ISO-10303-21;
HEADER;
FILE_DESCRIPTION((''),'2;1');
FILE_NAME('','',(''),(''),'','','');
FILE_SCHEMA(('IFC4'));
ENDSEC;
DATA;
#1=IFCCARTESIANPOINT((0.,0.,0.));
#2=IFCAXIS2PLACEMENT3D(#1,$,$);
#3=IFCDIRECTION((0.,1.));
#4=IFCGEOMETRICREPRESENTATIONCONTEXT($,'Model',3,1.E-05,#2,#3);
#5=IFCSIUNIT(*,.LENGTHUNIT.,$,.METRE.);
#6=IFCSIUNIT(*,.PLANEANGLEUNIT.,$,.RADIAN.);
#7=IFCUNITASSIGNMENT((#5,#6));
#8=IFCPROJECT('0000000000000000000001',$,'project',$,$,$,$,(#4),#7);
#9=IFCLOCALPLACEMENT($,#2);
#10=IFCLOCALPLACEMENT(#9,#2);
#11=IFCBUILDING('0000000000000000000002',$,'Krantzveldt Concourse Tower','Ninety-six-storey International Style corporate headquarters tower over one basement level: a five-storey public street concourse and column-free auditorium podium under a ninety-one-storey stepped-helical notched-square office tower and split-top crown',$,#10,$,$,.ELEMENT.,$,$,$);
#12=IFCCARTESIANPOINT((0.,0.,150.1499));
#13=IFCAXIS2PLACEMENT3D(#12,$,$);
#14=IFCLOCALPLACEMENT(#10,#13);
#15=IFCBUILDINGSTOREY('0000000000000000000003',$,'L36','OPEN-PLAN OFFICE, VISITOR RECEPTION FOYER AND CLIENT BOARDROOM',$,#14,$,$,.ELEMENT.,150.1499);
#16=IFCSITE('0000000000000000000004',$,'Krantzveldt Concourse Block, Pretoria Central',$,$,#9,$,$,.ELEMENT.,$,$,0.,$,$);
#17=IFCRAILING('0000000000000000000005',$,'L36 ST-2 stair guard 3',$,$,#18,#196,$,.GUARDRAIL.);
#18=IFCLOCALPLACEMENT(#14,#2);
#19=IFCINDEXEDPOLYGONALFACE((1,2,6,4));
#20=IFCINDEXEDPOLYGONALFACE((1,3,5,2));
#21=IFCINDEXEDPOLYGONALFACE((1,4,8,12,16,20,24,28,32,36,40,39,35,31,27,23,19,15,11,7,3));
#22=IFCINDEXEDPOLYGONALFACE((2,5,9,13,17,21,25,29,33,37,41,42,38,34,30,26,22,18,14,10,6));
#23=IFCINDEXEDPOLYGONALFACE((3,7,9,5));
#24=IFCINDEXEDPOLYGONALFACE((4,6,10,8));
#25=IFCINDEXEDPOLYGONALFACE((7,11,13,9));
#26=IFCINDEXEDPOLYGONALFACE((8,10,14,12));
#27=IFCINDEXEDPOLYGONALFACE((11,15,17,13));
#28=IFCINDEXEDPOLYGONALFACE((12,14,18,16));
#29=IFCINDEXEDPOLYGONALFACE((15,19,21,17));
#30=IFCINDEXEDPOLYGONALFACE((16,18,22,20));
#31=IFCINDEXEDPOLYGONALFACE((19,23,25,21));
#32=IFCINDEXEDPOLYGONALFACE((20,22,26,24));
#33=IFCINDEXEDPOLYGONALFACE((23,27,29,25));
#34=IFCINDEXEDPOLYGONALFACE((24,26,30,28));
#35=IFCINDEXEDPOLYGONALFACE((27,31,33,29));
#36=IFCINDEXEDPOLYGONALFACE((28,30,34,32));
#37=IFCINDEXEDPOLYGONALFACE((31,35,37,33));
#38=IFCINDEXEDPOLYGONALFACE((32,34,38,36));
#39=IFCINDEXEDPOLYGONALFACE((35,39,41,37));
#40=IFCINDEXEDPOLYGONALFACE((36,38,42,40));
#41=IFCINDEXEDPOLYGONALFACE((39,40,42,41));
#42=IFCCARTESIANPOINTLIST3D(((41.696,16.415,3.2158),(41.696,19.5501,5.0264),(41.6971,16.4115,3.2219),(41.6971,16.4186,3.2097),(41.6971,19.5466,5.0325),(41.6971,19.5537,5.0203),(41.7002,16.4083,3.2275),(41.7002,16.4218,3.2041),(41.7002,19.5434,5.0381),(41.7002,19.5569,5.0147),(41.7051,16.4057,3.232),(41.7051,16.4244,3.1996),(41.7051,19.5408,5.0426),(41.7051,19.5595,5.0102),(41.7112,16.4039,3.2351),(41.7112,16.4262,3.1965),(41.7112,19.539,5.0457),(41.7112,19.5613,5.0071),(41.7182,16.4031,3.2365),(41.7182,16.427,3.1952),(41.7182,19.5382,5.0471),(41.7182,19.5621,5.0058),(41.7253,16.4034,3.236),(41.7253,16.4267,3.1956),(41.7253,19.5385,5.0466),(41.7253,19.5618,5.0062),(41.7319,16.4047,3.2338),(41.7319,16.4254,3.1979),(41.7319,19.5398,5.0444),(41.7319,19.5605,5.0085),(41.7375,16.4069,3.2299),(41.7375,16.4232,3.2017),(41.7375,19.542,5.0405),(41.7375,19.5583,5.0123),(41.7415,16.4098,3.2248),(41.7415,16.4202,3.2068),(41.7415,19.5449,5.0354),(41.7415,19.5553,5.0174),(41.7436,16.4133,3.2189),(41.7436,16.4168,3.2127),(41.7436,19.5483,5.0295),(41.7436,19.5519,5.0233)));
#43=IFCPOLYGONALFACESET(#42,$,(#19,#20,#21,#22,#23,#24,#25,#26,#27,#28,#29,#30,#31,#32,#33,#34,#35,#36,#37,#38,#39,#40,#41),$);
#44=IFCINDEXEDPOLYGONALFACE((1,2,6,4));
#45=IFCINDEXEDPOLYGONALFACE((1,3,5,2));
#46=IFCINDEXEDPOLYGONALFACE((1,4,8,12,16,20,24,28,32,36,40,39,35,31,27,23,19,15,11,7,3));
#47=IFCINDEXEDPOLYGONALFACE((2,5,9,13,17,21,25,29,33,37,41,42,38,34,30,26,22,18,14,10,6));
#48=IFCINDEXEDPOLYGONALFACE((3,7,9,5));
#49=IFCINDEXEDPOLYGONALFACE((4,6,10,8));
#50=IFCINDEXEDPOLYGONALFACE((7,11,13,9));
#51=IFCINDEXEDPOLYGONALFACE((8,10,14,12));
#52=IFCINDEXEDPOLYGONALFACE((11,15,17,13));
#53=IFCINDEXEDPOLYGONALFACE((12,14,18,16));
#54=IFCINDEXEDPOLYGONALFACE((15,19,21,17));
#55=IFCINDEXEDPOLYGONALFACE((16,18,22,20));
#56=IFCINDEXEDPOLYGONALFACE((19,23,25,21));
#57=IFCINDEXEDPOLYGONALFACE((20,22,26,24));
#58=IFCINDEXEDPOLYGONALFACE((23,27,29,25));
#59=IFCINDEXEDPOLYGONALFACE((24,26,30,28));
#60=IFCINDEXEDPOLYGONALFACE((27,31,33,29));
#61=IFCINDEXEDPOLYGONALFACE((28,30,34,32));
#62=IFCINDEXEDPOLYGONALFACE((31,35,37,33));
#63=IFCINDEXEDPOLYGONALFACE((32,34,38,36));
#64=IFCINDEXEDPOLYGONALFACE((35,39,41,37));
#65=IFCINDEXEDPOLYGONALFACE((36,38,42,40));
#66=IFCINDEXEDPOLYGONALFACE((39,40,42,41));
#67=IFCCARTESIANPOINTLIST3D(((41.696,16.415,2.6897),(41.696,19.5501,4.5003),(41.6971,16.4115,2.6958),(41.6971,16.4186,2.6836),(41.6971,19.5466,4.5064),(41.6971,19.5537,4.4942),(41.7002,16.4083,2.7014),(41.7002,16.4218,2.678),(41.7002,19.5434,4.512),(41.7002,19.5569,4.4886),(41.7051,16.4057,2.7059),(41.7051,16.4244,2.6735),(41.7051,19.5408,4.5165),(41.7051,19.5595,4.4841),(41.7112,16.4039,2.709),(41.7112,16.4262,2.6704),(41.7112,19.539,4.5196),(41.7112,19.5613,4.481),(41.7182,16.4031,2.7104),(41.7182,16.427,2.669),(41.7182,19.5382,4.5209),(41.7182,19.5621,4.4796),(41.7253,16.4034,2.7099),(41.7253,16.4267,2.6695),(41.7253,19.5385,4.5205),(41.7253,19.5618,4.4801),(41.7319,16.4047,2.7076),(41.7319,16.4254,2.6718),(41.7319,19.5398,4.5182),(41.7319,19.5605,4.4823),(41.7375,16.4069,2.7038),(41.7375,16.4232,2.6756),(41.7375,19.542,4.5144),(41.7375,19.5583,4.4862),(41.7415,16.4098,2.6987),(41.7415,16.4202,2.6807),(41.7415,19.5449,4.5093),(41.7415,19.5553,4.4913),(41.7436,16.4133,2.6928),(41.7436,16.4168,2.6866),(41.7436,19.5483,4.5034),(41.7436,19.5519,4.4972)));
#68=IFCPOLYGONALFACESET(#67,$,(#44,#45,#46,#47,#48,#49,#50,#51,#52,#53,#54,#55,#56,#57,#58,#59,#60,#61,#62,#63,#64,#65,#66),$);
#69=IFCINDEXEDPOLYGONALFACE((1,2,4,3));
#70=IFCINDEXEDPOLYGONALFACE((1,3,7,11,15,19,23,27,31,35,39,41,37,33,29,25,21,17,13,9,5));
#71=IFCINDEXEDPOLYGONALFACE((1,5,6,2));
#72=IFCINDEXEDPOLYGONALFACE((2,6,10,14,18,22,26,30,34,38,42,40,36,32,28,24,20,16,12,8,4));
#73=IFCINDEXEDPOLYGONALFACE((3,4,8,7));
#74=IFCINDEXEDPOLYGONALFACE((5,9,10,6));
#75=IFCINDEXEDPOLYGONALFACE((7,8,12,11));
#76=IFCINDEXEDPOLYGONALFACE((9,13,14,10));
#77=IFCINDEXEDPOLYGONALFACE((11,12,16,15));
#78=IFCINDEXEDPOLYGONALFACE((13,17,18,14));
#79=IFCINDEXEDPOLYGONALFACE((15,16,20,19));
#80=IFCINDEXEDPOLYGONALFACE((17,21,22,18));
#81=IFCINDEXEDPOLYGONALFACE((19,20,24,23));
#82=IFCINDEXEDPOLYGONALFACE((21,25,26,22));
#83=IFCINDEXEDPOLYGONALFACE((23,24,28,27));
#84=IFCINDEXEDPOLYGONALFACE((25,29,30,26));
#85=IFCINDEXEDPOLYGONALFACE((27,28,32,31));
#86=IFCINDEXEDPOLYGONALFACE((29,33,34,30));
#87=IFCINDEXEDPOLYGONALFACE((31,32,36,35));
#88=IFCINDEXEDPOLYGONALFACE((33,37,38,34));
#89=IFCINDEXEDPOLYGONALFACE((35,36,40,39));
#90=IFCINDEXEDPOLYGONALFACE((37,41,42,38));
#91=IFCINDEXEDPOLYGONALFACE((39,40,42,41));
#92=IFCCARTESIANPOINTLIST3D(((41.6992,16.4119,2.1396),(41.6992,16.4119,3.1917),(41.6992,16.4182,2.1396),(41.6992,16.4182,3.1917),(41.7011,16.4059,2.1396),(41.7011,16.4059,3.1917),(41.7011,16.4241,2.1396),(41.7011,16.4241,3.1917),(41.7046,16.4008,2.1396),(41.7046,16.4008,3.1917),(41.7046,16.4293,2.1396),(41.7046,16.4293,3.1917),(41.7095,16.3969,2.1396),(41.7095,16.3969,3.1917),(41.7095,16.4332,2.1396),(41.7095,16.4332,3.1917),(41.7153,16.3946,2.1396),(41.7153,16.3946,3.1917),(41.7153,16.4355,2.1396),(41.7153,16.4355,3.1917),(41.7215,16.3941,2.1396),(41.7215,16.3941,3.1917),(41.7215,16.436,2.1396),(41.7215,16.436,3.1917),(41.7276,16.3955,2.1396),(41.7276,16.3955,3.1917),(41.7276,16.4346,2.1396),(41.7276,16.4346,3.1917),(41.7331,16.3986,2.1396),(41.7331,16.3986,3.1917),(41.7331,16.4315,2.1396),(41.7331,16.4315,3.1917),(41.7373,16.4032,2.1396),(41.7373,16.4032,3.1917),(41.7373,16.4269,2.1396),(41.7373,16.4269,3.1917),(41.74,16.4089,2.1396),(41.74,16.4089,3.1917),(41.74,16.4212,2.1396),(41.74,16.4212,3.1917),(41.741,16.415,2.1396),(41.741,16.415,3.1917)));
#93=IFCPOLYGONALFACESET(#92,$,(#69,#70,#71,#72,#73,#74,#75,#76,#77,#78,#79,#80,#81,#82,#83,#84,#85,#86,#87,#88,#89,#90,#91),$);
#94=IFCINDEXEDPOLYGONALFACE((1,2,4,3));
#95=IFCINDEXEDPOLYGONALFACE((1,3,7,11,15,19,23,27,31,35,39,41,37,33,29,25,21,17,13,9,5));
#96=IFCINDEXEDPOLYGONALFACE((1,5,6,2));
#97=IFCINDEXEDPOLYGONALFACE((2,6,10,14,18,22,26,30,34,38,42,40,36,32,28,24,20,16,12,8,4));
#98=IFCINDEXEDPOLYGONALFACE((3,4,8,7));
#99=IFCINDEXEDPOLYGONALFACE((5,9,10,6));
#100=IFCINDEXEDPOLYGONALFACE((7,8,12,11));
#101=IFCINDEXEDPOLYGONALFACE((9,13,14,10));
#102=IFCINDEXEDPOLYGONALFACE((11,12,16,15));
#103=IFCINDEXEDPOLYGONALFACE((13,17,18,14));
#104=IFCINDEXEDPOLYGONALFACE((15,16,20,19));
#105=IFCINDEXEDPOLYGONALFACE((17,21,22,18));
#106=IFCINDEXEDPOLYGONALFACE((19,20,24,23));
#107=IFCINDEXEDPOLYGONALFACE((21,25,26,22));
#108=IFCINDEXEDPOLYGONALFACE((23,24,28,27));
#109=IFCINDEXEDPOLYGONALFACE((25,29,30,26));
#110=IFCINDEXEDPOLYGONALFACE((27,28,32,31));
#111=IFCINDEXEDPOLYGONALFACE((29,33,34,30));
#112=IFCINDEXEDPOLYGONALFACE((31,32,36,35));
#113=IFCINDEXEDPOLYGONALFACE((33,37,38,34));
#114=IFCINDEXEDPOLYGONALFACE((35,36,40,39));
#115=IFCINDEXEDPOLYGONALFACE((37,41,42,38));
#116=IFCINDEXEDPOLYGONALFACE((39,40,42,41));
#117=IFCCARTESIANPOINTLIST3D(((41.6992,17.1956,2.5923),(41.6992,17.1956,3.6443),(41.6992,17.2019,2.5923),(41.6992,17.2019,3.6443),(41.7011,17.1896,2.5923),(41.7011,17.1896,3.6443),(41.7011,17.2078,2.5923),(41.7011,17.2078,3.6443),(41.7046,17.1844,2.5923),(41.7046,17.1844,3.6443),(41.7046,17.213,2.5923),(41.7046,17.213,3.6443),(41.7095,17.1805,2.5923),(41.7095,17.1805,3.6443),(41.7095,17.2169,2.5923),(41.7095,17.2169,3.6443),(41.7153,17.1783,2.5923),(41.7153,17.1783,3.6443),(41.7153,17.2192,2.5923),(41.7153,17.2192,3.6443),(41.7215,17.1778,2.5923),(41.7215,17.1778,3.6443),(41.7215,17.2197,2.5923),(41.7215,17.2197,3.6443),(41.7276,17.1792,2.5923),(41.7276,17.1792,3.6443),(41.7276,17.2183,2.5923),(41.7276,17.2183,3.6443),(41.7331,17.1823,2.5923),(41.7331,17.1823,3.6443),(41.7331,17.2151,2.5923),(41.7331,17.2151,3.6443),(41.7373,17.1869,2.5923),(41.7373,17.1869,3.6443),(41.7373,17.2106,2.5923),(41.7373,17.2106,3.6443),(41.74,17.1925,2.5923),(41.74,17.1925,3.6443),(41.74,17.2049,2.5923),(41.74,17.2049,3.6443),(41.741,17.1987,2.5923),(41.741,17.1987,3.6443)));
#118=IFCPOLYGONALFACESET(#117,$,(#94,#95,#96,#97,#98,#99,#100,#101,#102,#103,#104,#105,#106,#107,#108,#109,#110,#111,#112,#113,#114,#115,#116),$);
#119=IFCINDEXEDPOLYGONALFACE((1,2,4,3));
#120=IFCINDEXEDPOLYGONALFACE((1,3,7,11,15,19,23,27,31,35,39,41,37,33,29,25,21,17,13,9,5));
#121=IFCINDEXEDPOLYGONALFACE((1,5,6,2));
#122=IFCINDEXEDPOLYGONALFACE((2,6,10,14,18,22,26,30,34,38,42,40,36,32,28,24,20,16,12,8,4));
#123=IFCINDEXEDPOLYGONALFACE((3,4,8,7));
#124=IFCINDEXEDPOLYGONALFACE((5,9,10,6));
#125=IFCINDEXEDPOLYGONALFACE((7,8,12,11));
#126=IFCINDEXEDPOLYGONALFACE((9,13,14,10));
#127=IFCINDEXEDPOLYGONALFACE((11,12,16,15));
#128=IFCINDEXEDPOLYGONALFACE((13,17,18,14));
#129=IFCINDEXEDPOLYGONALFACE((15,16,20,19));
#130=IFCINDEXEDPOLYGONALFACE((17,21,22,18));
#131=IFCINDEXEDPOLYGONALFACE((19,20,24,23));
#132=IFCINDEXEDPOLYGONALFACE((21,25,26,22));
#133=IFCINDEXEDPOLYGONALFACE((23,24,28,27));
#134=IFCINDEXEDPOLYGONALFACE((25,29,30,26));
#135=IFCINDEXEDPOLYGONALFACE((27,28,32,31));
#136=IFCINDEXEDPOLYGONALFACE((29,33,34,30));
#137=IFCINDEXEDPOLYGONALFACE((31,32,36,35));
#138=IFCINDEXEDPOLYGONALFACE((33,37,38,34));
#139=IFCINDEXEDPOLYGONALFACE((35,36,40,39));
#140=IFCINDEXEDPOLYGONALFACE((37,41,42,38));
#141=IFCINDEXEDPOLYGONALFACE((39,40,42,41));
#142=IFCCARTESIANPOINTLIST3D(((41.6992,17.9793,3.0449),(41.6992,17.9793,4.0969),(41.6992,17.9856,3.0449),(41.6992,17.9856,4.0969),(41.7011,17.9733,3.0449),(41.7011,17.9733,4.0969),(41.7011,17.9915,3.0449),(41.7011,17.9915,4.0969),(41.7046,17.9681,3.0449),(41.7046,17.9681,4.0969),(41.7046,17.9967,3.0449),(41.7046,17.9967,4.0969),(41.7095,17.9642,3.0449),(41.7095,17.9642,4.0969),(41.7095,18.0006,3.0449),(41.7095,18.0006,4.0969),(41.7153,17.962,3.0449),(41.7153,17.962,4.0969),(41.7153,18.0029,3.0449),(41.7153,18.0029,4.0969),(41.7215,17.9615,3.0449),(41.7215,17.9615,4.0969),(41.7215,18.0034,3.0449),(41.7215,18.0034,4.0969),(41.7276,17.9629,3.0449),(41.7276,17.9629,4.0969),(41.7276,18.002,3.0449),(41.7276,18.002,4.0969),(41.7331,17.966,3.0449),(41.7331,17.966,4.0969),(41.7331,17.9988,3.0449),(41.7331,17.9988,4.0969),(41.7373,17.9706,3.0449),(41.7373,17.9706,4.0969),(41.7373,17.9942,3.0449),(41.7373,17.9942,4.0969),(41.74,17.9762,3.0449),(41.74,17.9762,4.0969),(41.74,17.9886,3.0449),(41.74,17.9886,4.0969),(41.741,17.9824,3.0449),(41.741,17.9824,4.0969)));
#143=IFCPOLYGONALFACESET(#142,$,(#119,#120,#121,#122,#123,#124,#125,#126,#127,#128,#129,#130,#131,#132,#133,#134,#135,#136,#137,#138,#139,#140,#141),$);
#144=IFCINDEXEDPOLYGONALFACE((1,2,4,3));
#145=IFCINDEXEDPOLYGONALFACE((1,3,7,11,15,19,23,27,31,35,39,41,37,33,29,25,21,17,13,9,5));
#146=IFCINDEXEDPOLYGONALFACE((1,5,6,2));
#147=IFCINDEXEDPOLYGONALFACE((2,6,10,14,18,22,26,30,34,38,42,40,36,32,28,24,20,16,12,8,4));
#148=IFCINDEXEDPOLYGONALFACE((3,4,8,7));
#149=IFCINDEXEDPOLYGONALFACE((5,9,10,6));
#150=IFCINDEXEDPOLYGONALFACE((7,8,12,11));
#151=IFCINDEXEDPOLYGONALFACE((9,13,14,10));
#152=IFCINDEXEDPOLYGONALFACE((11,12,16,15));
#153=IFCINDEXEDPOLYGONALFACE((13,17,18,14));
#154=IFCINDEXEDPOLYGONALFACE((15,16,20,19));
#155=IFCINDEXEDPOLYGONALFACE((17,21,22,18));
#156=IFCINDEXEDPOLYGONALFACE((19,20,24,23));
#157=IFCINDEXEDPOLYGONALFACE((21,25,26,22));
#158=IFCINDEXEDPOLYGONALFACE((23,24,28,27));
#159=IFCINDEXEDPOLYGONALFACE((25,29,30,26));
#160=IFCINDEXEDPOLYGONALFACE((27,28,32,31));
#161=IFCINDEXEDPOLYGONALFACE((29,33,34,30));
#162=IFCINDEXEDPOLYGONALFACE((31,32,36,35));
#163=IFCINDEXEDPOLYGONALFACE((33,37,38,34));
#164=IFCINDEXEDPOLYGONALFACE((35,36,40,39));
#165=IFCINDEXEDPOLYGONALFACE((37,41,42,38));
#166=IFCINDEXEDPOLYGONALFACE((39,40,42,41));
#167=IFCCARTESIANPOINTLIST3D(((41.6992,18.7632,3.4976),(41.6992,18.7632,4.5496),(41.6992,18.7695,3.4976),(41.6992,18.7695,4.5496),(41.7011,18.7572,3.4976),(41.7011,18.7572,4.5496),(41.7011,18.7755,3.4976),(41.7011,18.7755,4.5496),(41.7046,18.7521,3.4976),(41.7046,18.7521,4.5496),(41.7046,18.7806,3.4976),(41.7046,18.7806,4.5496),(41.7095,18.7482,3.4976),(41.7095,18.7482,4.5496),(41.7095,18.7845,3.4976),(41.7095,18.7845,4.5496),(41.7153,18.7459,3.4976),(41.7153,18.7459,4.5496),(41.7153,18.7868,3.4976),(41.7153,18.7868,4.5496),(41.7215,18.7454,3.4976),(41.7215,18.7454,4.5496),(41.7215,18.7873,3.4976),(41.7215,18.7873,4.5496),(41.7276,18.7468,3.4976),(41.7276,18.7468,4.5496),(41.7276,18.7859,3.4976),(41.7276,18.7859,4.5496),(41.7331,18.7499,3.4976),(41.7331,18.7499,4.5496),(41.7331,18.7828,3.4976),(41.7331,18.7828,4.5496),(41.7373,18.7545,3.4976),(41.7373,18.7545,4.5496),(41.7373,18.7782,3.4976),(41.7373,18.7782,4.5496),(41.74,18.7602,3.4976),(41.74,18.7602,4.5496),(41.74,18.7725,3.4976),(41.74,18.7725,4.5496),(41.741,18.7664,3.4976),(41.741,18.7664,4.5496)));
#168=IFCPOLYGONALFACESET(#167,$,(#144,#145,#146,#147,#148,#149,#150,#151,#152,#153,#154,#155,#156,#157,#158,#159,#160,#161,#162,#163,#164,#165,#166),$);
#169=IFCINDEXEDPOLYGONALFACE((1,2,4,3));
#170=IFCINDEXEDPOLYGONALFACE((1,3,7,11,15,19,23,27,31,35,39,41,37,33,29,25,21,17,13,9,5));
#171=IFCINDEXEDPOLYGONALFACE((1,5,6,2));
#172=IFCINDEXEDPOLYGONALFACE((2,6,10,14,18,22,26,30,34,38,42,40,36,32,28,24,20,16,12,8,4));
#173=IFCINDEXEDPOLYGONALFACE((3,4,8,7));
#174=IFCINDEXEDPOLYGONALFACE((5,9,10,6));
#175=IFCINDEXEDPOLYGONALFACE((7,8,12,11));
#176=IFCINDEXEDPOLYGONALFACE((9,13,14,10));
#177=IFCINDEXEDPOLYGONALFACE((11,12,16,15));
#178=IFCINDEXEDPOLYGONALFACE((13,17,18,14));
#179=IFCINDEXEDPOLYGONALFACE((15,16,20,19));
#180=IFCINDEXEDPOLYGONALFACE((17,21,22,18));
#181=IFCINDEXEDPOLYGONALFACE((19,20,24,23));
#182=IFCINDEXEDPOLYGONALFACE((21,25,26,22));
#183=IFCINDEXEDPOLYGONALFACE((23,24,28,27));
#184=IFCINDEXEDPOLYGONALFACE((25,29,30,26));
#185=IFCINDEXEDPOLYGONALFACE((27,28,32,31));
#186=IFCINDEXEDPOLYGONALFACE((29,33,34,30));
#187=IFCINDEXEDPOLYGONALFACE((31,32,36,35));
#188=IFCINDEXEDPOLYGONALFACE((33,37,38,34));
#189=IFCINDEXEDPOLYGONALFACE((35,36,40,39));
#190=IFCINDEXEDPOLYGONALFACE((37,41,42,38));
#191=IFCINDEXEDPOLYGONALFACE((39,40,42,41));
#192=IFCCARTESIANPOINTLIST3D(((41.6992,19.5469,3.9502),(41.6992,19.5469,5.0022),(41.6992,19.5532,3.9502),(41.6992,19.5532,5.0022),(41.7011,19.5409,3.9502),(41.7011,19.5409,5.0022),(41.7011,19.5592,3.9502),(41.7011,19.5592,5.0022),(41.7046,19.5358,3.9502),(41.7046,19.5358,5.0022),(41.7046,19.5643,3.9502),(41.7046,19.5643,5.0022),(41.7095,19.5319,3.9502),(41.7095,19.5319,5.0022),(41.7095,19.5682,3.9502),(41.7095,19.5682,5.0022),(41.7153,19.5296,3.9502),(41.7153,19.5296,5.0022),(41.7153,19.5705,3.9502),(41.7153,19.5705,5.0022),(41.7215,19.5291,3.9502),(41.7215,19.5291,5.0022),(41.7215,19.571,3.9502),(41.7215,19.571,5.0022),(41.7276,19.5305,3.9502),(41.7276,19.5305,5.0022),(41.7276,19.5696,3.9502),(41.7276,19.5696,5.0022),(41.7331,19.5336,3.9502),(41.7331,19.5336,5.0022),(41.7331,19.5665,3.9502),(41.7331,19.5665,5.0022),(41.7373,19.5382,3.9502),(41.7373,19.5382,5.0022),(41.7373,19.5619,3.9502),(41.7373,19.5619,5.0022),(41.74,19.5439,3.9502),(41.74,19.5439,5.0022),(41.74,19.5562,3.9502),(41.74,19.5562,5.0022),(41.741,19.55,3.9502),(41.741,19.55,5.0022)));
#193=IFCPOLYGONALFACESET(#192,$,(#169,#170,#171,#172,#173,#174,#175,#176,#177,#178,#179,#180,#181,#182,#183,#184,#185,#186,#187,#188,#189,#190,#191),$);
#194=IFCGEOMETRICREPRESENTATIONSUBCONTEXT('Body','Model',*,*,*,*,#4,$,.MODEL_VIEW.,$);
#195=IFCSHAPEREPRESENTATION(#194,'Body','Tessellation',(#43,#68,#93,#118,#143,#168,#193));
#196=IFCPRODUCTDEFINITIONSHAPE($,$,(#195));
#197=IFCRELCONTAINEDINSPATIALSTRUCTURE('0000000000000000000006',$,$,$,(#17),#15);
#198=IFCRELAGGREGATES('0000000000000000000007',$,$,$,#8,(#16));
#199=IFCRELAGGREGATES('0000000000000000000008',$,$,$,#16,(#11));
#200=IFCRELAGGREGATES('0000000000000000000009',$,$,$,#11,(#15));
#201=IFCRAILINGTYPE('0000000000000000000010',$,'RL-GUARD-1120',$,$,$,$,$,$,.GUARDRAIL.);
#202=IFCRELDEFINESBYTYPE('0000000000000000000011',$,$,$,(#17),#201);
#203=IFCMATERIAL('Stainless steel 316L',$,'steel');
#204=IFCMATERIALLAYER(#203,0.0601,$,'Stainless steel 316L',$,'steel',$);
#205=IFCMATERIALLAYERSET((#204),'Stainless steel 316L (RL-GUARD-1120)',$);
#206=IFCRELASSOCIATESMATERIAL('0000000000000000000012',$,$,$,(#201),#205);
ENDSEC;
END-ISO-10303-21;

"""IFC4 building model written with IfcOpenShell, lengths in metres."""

from ifc_helpers import new_model, si_unit, direction, frame, origin, origin_2d, place, context, subcontext, project, spatial, circle, extrude, material, layer, layer_set, type_object, element, save


model = new_model("IFC4")

# Units and contexts
model_context = context("Model", 3, precision=1e-05, world=origin(), true_north=direction((0.0, 1.0)))
body_context = subcontext(model_context, "Body", "Model", "MODEL_VIEW")
ifc_project = project(units=[si_unit("LENGTHUNIT", "METRE"), si_unit("PLANEANGLEUNIT", "RADIAN")], contexts=[model_context])

# Site, building, storey
site_placement = place(None, origin())
site = spatial("IfcSite", under=ifc_project, at=site_placement, Name="Krantzveldt Concourse Block, Pretoria Central", CompositionType="ELEMENT", RefElevation=0.0)
building_placement = place(site_placement, origin())
building = spatial("IfcBuilding", under=site, at=building_placement, Name="Krantzveldt Concourse Tower", Description="Ninety-six-storey International Style corporate headquarters tower over one basement level: a five-storey public street concourse and column-free auditorium podium under a ninety-one-storey stepped-helical notched-square office tower and split-top crown", CompositionType="ELEMENT")
storey_placement = place(building_placement, frame((0.0, 0.0, 150.1499)))
storey = spatial("IfcBuildingStorey", under=building, at=storey_placement, Name="L36", Description="OPEN-PLAN OFFICE, VISITOR RECEPTION FOYER AND CLIENT BOARDROOM", CompositionType="ELEMENT", Elevation=150.1499)

# Shared definitions
ifc_material_1 = material(Name="Stainless steel 316L", Category="steel")

# Railing
ifc_layer_1 = layer(ifc_material_1, 0.0601, Name="Stainless steel 316L", Category="steel")
ifc_layer_set_1 = layer_set([ifc_layer_1], Name="Stainless steel 316L (RL-GUARD-1120)")
railing_type_1 = type_object("IfcRailingType", Name="RL-GUARD-1120", PredefinedType="GUARDRAIL", material=ifc_layer_set_1)
railing_1_placement = place(storey_placement, frame((41.72, 16.415, 2.1396)))
element("IfcRailing", 1, at=railing_1_placement, inside=storey, type_object=railing_type_1, Name="L36 ST-2 stair guard 3", PredefinedType="GUARDRAIL", context=body_context, shape_type="SweptSolid", body=[
    extrude(circle(Radius=0.0239, at=origin_2d()), frame((0.0, 0.0, 1.0762), z_axis=(0.0, 0.86596, 0.500114), x_axis=(-1.0, 0.0, 0.0)), (0.0, 0.0, 1.0), 3.6204),
    extrude(circle(Radius=0.0239, at=origin_2d()), frame((0.0, 0.0, 0.55), z_axis=(0.0, 0.86596, 0.500114), x_axis=(-1.0, 0.0, 0.0)), (0.0, 0.0, 1.0), 3.6204),
    extrude(circle(Radius=0.021, at=origin_2d()), origin(), (0.0, 0.0, 1.0), 1.052),
    extrude(circle(Radius=0.021, at=origin_2d()), frame((0.0, 0.7837, 0.4526)), (0.0, 0.0, 1.0), 1.052),
    extrude(circle(Radius=0.021, at=origin_2d()), frame((0.0, 1.5674, 0.9053)), (0.0, 0.0, 1.0), 1.052),
    extrude(circle(Radius=0.021, at=origin_2d()), frame((0.0, 2.3513, 1.3579)), (0.0, 0.0, 1.0), 1.052),
    extrude(circle(Radius=0.021, at=origin_2d()), frame((0.0, 3.135, 1.8105)), (0.0, 0.0, 1.0), 1.052),
])

save(model, "model.ifc")
